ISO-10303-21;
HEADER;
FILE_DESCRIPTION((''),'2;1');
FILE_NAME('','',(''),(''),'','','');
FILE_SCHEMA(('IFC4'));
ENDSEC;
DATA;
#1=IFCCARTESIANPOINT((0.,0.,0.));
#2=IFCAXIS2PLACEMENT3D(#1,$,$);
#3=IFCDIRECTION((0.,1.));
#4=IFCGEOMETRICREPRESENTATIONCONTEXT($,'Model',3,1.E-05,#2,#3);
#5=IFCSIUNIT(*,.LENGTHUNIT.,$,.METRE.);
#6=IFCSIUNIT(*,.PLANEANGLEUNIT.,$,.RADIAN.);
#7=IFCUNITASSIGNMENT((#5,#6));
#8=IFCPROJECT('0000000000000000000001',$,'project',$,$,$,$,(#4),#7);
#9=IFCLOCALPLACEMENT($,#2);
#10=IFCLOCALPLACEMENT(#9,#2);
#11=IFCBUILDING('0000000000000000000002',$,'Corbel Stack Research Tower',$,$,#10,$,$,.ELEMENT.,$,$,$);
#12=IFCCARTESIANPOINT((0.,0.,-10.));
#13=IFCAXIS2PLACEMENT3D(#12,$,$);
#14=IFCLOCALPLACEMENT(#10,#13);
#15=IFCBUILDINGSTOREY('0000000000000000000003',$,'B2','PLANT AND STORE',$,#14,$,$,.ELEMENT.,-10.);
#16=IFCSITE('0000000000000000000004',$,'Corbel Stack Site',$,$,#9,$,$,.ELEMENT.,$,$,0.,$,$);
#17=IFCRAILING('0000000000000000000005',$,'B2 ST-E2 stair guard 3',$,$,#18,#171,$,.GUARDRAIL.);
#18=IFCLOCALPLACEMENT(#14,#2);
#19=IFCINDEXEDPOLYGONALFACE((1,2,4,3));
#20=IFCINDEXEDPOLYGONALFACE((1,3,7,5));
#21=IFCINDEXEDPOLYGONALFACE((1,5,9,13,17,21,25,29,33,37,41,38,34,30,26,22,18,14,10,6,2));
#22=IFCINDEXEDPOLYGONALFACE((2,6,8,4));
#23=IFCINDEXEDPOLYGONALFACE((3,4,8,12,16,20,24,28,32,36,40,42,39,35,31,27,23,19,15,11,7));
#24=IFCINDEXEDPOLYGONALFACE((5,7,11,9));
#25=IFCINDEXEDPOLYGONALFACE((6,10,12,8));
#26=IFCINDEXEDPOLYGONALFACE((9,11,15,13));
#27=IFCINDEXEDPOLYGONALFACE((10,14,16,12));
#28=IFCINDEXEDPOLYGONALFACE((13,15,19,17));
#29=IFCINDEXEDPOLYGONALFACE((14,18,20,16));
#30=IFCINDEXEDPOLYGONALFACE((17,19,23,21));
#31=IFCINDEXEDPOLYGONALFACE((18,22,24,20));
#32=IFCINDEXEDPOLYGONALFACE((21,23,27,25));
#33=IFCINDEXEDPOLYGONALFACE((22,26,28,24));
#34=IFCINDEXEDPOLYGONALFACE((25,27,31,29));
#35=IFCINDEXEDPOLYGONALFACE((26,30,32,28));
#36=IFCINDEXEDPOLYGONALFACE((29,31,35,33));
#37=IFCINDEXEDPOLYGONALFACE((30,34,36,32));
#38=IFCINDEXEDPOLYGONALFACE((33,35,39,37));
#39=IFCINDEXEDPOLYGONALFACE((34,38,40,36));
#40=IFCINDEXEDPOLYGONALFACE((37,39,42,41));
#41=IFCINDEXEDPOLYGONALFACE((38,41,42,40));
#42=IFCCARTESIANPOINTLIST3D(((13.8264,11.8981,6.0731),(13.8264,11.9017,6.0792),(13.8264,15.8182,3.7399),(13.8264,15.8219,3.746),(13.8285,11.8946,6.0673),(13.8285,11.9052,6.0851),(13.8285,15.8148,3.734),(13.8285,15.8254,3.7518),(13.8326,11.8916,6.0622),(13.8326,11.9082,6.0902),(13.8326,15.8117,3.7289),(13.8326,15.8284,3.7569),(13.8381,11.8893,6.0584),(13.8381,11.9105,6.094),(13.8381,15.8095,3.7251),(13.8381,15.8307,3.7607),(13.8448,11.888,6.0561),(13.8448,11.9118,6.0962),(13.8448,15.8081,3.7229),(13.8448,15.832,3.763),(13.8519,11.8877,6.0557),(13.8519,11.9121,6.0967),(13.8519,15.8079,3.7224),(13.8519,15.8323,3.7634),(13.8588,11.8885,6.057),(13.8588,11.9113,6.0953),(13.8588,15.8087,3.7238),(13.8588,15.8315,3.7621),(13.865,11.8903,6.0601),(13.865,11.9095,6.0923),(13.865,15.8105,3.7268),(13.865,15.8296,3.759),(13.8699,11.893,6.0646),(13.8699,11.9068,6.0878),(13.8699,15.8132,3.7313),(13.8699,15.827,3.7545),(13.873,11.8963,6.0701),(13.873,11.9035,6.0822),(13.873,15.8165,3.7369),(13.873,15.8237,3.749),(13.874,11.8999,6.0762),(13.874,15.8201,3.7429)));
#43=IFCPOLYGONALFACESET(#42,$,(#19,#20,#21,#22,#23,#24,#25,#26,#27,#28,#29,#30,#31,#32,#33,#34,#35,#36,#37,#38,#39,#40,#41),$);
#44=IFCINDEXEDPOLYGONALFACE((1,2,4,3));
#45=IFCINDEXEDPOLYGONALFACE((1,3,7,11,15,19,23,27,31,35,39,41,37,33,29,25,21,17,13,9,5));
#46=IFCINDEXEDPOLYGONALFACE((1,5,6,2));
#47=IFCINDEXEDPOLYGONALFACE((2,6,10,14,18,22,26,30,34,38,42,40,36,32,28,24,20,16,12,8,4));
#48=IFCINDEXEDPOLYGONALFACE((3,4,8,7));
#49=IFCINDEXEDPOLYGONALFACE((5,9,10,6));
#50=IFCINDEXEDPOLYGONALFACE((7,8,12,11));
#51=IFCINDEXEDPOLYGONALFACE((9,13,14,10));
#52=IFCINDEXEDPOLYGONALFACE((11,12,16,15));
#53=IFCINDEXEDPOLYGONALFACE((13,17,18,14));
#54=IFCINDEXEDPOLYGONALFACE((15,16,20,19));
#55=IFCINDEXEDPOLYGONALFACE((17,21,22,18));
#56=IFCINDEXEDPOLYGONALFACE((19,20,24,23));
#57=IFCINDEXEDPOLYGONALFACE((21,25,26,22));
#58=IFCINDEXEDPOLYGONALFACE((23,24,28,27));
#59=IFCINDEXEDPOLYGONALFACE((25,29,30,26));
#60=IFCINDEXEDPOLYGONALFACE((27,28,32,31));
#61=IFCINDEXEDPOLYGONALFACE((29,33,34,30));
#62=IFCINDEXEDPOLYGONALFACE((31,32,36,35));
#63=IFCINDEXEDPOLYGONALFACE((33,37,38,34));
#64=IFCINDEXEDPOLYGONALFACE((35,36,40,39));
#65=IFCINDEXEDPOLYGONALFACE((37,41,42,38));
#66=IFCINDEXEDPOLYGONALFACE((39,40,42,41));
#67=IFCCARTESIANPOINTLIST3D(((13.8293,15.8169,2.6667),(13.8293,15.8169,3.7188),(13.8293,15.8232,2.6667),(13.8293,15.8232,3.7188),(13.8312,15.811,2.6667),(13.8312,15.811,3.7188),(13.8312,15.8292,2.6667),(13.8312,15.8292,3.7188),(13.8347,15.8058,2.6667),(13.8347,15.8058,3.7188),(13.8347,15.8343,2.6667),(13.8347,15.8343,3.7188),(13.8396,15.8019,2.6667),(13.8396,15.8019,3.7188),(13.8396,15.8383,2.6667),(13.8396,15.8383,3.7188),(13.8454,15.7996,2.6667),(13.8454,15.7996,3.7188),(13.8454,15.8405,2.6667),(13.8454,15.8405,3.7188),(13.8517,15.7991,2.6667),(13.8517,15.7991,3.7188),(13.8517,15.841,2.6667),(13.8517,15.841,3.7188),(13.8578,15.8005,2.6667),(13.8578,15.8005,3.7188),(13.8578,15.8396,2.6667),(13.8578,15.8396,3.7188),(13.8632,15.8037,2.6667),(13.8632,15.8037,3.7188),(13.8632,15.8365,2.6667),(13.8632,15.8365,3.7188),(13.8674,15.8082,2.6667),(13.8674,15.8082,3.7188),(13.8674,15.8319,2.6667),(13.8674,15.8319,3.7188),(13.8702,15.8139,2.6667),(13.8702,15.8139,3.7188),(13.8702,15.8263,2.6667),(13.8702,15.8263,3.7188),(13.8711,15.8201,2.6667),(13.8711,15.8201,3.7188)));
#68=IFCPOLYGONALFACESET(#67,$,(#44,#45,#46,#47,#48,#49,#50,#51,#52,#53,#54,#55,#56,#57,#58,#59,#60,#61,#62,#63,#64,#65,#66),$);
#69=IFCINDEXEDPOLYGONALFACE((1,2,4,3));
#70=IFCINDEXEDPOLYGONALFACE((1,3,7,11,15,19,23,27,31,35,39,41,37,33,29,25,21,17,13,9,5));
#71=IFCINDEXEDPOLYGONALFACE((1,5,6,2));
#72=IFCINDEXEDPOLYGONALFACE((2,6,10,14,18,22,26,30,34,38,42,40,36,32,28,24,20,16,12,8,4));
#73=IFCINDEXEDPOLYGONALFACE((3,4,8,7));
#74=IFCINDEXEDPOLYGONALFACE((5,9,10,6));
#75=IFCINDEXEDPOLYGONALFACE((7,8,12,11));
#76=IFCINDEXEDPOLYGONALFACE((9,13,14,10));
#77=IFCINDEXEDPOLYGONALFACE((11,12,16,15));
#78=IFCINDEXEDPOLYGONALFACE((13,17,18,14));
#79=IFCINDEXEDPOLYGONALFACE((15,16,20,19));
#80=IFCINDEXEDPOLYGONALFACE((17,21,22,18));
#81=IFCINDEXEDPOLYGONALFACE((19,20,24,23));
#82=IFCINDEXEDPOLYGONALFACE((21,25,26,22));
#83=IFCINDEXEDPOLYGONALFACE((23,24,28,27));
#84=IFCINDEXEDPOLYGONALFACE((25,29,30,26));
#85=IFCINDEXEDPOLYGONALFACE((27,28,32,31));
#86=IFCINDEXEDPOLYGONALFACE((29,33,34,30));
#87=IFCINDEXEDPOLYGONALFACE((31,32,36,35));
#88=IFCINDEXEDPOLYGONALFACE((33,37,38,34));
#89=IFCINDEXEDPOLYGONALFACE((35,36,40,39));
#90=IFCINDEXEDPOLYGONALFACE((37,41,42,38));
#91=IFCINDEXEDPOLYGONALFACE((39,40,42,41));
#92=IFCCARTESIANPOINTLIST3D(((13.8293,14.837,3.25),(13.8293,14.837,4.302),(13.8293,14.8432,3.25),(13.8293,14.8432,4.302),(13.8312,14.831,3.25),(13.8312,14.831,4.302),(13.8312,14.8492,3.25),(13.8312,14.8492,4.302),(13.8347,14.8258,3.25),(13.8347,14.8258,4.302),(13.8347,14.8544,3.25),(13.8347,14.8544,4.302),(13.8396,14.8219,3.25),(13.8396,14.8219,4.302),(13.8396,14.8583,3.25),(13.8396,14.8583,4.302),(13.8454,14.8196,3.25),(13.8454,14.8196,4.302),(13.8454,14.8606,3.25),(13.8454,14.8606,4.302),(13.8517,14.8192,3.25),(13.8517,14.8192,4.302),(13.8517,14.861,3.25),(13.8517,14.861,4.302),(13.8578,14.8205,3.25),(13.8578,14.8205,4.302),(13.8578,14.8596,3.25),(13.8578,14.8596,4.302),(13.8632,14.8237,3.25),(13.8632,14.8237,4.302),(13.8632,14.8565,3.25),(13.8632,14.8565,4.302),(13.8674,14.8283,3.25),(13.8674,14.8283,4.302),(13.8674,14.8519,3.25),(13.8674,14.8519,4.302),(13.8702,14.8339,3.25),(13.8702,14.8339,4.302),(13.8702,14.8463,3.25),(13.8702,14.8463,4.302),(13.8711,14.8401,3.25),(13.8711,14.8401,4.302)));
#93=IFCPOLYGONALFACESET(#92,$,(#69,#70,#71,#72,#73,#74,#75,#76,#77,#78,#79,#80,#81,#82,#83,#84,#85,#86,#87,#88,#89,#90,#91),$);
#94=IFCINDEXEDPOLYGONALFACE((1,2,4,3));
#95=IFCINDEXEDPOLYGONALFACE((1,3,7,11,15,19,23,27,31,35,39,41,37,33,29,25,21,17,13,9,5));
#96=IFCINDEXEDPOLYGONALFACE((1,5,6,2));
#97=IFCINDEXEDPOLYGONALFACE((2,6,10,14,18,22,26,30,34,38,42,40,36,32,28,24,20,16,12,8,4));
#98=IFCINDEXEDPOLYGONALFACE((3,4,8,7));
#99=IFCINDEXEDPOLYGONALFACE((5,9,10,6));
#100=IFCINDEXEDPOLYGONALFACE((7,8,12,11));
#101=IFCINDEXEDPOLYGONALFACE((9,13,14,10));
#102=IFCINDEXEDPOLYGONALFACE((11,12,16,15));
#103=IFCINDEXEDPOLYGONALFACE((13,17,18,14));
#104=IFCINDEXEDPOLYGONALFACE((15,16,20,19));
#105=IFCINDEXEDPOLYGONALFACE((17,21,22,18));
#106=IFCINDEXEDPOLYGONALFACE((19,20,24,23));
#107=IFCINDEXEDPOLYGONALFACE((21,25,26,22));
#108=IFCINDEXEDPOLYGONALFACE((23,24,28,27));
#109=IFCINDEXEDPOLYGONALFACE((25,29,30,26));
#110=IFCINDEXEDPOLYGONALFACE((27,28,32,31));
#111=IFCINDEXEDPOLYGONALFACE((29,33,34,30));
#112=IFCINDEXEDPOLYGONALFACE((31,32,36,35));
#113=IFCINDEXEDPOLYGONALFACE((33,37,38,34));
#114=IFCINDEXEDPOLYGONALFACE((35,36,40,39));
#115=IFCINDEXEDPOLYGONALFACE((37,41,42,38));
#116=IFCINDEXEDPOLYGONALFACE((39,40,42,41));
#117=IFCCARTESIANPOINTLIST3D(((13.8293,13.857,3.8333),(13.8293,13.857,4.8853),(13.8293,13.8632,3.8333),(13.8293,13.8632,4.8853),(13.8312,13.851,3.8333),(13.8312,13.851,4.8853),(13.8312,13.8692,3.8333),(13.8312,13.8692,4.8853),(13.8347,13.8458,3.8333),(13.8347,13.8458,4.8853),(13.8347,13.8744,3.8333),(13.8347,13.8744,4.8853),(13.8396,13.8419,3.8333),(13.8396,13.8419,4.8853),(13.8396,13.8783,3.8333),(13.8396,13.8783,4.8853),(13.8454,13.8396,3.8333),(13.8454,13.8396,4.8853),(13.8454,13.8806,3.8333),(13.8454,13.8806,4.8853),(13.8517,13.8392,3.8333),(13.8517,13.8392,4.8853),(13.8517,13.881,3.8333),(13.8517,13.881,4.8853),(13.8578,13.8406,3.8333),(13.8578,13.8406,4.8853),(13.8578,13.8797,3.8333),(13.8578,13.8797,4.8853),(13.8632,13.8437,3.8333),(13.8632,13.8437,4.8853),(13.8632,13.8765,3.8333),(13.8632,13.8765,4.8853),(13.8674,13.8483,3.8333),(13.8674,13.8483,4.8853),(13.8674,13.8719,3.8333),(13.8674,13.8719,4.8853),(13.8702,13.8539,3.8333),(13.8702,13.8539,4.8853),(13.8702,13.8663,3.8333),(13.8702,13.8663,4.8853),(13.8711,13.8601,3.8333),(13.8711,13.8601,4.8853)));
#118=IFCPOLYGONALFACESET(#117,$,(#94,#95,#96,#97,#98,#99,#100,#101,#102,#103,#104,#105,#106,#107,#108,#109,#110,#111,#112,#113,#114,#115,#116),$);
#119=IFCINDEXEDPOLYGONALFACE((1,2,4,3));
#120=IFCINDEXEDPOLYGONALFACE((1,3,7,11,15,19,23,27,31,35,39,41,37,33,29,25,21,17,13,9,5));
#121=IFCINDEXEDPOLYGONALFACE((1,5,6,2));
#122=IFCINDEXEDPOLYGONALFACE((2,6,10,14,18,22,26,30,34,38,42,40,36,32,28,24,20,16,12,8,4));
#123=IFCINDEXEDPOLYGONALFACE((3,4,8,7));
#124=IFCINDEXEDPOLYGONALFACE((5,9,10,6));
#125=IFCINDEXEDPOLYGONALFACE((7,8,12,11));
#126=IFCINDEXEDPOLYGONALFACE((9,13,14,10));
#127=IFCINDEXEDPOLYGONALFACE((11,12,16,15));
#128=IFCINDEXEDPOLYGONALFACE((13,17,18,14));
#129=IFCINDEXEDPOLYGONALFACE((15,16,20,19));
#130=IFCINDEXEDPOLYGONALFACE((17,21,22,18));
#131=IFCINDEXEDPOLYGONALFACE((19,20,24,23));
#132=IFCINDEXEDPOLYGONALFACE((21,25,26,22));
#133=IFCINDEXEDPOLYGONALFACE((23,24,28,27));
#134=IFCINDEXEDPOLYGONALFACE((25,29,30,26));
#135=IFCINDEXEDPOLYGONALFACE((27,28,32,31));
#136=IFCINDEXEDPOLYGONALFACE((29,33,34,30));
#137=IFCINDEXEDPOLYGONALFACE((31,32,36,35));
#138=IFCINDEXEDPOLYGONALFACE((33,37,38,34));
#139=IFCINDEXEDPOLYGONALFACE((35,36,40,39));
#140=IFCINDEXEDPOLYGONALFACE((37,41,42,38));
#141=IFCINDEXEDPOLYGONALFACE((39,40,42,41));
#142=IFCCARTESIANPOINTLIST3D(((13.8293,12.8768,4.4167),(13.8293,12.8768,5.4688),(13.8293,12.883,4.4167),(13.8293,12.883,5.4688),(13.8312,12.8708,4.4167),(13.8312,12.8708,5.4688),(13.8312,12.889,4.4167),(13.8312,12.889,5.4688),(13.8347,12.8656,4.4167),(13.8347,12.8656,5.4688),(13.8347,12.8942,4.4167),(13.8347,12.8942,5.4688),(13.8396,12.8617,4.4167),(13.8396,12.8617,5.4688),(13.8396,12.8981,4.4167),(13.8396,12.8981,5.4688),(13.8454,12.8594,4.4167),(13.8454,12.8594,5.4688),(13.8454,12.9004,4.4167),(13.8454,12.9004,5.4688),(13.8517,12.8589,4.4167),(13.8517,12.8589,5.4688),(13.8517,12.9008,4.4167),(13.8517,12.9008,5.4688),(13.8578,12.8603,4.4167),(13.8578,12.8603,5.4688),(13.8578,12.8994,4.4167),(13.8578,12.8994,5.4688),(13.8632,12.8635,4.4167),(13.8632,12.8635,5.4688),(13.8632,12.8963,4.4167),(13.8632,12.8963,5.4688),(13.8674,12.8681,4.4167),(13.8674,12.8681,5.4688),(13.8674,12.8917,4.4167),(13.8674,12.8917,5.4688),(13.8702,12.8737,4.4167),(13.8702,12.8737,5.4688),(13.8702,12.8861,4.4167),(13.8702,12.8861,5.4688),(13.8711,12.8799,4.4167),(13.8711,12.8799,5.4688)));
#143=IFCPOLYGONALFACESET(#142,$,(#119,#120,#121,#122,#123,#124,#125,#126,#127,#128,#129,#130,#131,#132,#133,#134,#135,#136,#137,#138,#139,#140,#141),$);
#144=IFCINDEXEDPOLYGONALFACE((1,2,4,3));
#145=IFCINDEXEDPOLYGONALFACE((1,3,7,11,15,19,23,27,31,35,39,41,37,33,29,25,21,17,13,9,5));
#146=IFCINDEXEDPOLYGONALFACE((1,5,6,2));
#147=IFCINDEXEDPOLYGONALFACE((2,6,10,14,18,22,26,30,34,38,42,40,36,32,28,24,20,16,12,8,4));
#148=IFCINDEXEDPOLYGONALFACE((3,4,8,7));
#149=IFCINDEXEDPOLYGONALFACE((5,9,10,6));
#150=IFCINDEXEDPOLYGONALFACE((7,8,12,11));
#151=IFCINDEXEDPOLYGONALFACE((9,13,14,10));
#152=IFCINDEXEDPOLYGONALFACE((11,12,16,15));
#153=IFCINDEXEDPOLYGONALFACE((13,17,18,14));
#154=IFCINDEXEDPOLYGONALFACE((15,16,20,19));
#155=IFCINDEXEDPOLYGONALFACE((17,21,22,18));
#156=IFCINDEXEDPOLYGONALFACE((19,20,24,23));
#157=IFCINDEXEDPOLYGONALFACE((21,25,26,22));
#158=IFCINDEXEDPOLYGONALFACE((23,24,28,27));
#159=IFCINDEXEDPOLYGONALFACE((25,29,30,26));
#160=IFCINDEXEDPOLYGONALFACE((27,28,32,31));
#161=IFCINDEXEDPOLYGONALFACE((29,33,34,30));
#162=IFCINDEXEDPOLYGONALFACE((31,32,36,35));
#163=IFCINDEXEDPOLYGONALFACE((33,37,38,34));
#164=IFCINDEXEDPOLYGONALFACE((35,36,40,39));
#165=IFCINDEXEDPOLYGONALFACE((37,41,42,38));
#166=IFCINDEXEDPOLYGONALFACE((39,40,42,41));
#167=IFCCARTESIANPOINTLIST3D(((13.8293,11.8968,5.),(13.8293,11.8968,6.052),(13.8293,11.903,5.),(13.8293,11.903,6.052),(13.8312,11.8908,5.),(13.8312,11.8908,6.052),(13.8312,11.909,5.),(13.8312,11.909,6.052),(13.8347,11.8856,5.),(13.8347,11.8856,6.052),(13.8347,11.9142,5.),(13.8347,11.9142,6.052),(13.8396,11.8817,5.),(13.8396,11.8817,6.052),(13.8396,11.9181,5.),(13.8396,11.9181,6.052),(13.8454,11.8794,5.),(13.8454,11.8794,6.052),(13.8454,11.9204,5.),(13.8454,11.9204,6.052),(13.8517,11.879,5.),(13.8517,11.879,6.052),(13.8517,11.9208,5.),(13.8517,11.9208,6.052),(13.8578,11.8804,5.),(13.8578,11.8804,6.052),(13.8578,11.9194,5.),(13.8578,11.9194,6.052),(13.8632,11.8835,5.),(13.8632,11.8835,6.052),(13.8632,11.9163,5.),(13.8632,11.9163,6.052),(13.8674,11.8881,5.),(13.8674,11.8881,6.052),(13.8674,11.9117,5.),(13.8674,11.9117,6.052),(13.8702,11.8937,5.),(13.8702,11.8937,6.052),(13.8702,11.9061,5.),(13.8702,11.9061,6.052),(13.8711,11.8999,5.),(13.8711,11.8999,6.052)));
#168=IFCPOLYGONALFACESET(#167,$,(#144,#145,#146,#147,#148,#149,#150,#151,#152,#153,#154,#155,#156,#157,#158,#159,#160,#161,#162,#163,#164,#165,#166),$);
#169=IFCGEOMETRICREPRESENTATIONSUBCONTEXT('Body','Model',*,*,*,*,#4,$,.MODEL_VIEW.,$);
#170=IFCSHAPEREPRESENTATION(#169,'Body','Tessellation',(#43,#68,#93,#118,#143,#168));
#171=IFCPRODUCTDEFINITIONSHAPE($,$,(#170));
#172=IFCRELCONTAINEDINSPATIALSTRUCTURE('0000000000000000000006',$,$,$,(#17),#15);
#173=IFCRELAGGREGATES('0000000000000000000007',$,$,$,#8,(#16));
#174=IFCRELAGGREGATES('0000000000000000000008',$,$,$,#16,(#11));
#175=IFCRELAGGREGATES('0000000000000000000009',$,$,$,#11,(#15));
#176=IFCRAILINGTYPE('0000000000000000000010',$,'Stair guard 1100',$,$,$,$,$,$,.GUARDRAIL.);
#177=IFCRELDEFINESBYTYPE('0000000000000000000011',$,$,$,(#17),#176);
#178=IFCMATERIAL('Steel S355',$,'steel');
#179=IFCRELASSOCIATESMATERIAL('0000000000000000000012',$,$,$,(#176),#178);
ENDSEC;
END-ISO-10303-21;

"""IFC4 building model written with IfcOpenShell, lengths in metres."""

from ifc_helpers import new_model, si_unit, direction, frame, origin, origin_2d, place, context, subcontext, project, spatial, circle, extrude, material, type_object, element, save


model = new_model("IFC4")

# Units and contexts
model_context = context("Model", 3, precision=1e-05, world=origin(), true_north=direction((0.0, 1.0)))
body_context = subcontext(model_context, "Body", "Model", "MODEL_VIEW")
ifc_project = project(units=[si_unit("LENGTHUNIT", "METRE"), si_unit("PLANEANGLEUNIT", "RADIAN")], contexts=[model_context])

# Site, building, storey
site_placement = place(None, origin())
site = spatial("IfcSite", under=ifc_project, at=site_placement, Name="Corbel Stack Site", CompositionType="ELEMENT", RefElevation=0.0)
building_placement = place(site_placement, origin())
building = spatial("IfcBuilding", under=site, at=building_placement, Name="Corbel Stack Research Tower", CompositionType="ELEMENT")
storey_placement = place(building_placement, frame((0.0, 0.0, -10.0)))
storey = spatial("IfcBuildingStorey", under=building, at=storey_placement, Name="B2", Description="PLANT AND STORE", CompositionType="ELEMENT", Elevation=-10.0)

# Railing
ifc_material_1 = material(Name="Steel S355", Category="steel")
railing_type_1 = type_object("IfcRailingType", Name="Stair guard 1100", PredefinedType="GUARDRAIL", material=ifc_material_1)
railing_1_placement = place(storey_placement, frame((13.8501, 15.8201, 2.6667)))
element("IfcRailing", 1, at=railing_1_placement, inside=storey, type_object=railing_type_1, Name="B2 ST-E2 stair guard 3", PredefinedType="GUARDRAIL", context=body_context, shape_type="SweptSolid", body=[
    extrude(circle(Radius=0.0239, at=origin_2d()), frame((0.0, 0.0, 1.0762), z_axis=(0.0, -0.85931, 0.511455), x_axis=(1.0, 0.0, 0.0)), (0.0, 0.0, 1.0), 4.562),
    extrude(circle(Radius=0.021, at=origin_2d()), origin(), (0.0, 0.0, 1.0), 1.052),
    extrude(circle(Radius=0.021, at=origin_2d()), frame((0.0, -0.98, 0.5833)), (0.0, 0.0, 1.0), 1.052),
    extrude(circle(Radius=0.021, at=origin_2d()), frame((0.0, -1.96, 1.1665)), (0.0, 0.0, 1.0), 1.052),
    extrude(circle(Radius=0.021, at=origin_2d()), frame((0.0, -2.9402, 1.75)), (0.0, 0.0, 1.0), 1.052),
    extrude(circle(Radius=0.021, at=origin_2d()), frame((0.0, -3.9202, 2.3333)), (0.0, 0.0, 1.0), 1.052),
])

save(model, "model.ifc")
